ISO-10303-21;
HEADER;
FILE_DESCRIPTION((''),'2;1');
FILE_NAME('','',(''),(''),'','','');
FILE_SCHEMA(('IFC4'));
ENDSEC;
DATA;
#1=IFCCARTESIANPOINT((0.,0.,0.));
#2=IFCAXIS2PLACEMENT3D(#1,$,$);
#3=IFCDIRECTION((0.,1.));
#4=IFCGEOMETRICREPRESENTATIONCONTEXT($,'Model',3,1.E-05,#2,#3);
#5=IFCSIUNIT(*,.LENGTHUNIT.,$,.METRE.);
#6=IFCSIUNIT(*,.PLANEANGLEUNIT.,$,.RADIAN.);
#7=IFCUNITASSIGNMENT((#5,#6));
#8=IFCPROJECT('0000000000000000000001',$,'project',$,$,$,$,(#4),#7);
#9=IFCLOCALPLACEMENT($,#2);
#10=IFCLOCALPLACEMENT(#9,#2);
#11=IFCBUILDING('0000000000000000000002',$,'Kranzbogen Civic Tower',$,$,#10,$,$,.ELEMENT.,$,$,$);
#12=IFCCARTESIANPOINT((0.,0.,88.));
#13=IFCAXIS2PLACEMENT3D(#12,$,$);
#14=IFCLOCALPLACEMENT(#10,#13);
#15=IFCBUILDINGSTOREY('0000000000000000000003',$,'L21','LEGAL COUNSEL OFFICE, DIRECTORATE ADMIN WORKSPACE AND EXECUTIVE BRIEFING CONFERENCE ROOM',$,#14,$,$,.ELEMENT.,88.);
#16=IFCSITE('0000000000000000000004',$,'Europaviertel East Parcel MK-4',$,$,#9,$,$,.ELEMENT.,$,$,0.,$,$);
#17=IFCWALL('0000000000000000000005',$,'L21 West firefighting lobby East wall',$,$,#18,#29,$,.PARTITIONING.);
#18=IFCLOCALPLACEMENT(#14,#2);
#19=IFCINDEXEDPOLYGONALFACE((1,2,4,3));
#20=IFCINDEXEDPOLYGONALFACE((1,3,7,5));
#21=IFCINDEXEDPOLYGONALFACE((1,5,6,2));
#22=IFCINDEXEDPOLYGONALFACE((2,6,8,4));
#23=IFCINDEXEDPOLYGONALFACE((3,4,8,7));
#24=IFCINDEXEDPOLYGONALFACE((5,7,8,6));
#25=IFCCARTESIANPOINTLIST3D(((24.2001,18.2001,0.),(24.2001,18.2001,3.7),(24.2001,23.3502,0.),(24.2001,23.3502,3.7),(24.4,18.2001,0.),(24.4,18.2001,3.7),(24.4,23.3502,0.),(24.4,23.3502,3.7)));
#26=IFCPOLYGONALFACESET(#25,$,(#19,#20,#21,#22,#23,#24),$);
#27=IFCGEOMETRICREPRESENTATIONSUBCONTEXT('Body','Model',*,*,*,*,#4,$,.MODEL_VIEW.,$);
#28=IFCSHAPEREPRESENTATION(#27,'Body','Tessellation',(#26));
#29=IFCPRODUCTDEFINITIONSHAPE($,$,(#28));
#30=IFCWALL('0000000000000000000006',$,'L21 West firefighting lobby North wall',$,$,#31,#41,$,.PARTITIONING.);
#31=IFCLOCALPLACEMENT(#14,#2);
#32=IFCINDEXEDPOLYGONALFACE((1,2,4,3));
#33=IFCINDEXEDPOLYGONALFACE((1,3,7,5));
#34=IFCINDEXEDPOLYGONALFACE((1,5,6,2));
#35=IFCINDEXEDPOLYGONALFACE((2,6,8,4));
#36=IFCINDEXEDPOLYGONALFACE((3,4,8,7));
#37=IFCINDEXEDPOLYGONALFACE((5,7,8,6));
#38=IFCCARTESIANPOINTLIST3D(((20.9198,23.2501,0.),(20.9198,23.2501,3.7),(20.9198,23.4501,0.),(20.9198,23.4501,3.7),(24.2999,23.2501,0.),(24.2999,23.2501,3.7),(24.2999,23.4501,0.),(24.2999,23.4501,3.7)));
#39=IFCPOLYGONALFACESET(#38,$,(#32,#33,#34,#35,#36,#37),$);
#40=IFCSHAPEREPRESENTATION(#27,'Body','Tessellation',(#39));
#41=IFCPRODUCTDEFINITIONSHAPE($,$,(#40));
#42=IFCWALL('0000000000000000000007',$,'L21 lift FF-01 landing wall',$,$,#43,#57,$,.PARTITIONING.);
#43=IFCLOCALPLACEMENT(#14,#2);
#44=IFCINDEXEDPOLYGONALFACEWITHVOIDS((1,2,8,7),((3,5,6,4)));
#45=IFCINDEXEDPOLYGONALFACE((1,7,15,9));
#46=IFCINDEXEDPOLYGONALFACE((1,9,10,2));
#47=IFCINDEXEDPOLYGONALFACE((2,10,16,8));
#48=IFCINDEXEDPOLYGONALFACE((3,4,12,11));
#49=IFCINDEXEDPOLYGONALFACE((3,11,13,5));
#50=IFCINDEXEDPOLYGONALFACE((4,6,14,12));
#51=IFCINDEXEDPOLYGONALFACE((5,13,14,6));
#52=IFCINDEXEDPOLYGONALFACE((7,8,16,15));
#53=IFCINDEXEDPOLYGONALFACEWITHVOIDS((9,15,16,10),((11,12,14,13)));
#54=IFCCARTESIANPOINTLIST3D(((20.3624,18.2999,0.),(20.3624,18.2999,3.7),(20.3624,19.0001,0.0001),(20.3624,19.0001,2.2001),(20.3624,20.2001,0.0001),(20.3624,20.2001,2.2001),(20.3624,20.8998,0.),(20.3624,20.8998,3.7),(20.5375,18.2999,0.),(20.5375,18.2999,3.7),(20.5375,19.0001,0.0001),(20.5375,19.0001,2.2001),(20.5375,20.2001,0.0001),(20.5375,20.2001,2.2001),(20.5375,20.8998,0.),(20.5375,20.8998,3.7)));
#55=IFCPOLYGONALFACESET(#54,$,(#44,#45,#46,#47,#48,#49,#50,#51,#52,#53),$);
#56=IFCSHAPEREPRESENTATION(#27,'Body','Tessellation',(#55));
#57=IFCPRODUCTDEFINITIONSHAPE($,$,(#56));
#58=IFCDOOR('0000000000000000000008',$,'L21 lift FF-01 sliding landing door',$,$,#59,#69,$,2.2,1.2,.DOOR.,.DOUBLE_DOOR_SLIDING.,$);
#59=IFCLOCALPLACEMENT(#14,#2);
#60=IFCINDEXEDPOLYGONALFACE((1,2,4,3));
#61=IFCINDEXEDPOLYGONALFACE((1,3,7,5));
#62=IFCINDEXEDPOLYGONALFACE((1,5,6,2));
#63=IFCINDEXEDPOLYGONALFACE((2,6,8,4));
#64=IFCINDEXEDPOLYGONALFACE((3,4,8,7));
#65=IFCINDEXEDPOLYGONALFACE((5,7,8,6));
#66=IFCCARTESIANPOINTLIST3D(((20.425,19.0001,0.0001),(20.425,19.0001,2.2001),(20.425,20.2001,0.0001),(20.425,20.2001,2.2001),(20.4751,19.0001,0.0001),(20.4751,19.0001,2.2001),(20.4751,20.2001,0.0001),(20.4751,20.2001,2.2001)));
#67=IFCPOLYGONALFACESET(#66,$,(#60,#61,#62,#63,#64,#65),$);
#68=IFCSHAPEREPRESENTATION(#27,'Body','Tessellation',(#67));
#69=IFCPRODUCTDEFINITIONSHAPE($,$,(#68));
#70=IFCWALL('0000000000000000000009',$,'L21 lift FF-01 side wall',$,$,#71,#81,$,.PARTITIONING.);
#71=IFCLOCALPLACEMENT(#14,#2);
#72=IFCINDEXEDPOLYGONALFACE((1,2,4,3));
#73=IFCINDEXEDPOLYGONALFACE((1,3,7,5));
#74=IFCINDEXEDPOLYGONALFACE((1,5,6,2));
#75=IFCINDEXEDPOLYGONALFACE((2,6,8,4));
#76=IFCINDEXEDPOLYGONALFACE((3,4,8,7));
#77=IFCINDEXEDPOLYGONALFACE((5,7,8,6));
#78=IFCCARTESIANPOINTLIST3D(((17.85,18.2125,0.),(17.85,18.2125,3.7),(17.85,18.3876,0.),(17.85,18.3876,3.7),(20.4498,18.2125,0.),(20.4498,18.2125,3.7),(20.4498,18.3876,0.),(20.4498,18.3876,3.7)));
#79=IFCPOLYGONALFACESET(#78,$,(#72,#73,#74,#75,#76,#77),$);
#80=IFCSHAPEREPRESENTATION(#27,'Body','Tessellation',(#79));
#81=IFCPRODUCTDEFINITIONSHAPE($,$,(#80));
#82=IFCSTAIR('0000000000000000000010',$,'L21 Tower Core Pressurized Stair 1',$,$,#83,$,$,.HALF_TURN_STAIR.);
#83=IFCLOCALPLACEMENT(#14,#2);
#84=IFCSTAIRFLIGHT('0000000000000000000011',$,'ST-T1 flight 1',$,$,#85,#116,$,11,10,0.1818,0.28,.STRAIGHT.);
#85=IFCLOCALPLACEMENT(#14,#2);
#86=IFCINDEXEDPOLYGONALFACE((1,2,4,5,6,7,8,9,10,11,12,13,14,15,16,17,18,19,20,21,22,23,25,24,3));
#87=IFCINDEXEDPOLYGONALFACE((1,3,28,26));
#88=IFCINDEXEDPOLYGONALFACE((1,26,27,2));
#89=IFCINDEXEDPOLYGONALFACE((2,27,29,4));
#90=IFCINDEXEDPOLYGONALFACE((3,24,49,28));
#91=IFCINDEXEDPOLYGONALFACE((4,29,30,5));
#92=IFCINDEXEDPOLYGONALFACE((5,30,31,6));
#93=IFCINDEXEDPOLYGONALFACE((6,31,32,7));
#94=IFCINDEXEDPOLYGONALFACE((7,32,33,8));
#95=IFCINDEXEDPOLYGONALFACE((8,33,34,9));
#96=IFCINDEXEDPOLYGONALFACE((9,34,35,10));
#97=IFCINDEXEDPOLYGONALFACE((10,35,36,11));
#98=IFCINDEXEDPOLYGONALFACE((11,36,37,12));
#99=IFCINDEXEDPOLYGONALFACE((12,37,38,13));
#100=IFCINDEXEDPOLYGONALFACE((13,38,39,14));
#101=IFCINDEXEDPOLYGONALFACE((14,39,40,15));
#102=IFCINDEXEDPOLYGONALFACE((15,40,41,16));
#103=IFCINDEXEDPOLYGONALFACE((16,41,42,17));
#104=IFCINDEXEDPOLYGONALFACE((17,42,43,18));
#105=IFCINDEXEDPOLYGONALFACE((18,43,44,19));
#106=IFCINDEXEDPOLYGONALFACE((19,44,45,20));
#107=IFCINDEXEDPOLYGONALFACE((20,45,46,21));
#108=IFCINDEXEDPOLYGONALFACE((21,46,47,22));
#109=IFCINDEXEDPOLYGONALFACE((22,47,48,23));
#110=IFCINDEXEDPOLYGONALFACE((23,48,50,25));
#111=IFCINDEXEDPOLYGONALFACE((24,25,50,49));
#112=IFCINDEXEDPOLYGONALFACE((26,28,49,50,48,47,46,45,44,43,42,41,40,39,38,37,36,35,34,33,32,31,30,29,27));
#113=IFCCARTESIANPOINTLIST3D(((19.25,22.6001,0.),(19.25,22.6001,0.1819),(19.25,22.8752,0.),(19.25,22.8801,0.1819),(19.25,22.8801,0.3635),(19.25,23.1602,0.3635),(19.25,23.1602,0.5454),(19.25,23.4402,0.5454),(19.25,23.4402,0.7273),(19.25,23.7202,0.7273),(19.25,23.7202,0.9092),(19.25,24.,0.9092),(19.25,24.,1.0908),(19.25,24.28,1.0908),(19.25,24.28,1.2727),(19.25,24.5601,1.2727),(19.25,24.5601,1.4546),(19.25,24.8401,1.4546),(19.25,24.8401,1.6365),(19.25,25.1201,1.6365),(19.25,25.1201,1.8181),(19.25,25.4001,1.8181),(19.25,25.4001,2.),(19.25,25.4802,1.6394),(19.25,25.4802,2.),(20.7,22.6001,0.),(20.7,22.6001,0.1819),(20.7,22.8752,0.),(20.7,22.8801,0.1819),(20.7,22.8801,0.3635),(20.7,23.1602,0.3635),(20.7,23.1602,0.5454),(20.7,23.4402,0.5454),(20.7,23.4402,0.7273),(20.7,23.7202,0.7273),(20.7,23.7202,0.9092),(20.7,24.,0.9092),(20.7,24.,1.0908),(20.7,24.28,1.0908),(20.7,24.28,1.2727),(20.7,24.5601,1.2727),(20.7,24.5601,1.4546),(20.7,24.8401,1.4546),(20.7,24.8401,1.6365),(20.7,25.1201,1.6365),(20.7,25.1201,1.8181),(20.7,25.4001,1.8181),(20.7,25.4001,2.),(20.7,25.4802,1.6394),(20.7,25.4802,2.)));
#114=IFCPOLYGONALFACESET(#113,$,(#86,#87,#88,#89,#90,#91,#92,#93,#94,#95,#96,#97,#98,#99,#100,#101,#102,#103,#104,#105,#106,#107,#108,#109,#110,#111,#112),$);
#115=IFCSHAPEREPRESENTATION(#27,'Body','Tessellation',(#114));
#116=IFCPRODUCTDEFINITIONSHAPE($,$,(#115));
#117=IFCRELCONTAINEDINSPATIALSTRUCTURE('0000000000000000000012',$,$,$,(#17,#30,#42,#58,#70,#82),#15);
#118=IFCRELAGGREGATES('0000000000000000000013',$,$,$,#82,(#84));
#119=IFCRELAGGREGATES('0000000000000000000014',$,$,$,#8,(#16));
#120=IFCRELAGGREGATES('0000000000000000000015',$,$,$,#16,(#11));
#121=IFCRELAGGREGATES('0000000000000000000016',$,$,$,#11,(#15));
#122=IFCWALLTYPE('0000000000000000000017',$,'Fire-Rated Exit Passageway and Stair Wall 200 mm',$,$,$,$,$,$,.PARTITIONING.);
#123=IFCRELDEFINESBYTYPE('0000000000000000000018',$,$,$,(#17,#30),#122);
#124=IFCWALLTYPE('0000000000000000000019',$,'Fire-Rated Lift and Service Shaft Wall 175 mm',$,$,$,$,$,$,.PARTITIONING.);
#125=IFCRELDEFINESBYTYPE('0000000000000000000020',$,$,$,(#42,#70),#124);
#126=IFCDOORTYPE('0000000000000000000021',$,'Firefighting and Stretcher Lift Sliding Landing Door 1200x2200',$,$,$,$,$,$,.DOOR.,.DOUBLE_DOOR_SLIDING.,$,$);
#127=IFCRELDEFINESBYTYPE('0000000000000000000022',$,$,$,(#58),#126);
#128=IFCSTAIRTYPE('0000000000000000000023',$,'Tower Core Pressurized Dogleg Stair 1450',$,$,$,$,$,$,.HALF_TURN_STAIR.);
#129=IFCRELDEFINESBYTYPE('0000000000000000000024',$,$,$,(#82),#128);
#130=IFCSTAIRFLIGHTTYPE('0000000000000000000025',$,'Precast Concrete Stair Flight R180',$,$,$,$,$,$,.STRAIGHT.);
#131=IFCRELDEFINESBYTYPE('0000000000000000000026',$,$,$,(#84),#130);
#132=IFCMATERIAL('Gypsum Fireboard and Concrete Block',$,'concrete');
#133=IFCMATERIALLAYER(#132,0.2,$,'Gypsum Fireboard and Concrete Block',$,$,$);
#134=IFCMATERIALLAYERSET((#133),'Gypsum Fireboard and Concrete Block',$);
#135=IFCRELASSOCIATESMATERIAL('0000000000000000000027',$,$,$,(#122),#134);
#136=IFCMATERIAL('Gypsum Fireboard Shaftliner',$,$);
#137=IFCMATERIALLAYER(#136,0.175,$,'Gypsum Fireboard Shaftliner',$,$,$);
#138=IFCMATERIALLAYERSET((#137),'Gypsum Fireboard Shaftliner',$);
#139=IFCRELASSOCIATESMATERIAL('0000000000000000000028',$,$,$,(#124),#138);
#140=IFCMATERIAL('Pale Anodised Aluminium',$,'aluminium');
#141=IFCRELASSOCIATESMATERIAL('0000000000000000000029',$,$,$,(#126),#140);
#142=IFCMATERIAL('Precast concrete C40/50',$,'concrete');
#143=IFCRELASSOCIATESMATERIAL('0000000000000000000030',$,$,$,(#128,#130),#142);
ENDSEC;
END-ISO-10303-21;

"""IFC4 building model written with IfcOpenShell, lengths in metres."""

from ifc_helpers import new_model, si_unit, direction, frame, frame_2d, origin, place, context, subcontext, project, spatial, polyline, rectangle, outline, extrude, material, layer, layer_set, type_object, element, fill, aggregate, save


model = new_model("IFC4")

# Units and contexts
model_context = context("Model", 3, precision=1e-05, world=origin(), true_north=direction((0.0, 1.0)))
body_context = subcontext(model_context, "Body", "Model", "MODEL_VIEW")
ifc_project = project(units=[si_unit("LENGTHUNIT", "METRE"), si_unit("PLANEANGLEUNIT", "RADIAN")], contexts=[model_context])

# Site, building, storey
site_placement = place(None, origin())
site = spatial("IfcSite", under=ifc_project, at=site_placement, Name="Europaviertel East Parcel MK-4", CompositionType="ELEMENT", RefElevation=0.0)
building_placement = place(site_placement, origin())
building = spatial("IfcBuilding", under=site, at=building_placement, Name="Kranzbogen Civic Tower", CompositionType="ELEMENT")
storey_placement = place(building_placement, frame((0.0, 0.0, 88.0)))
storey = spatial("IfcBuildingStorey", under=building, at=storey_placement, Name="L21", Description="LEGAL COUNSEL OFFICE, DIRECTORATE ADMIN WORKSPACE AND EXECUTIVE BRIEFING CONFERENCE ROOM", CompositionType="ELEMENT", Elevation=88.0)

# Shared definitions
ifc_material_1 = material(Name="Pale Anodised Aluminium", Category="aluminium")

# Walls
ifc_material_2 = material(Name="Gypsum Fireboard and Concrete Block", Category="concrete")
ifc_layer_1 = layer(ifc_material_2, 0.2, Name="Gypsum Fireboard and Concrete Block")
ifc_layer_set_1 = layer_set([ifc_layer_1], Name="Gypsum Fireboard and Concrete Block")
wall_type_1 = type_object("IfcWallType", Name="Fire-Rated Exit Passageway and Stair Wall 200 mm", PredefinedType="PARTITIONING", material=ifc_layer_set_1)
wall_1_placement = place(storey_placement, frame((24.3, 18.2, 0.0), z_axis=(0.0, 0.0, 1.0), x_axis=(0.0, 1.0, 0.0)))
element("IfcWall", 1, at=wall_1_placement, inside=storey, type_object=wall_type_1, Name="L21 West firefighting lobby East wall", PredefinedType="PARTITIONING", context=body_context, shape_type="SweptSolid", body=[
    extrude(rectangle(XDim=5.1501, YDim=0.2, at=frame_2d((2.5752, 0.0))), origin(), (0.0, 0.0, 1.0), 3.7),
])
wall_2_placement = place(storey_placement, frame((20.9199, 23.3501, 0.0), z_axis=(0.0, 0.0, 1.0), x_axis=(1.0, 0.0, 0.0)))
element("IfcWall", 2, at=wall_2_placement, inside=storey, type_object=wall_type_1, Name="L21 West firefighting lobby North wall", PredefinedType="PARTITIONING", context=body_context, shape_type="SweptSolid", body=[
    extrude(rectangle(XDim=3.3801, YDim=0.2, at=frame_2d((1.6899, 0.0))), origin(), (0.0, 0.0, 1.0), 3.7),
])

# Wall, opening, door
ifc_material_3 = material(Name="Gypsum Fireboard Shaftliner")
ifc_layer_2 = layer(ifc_material_3, 0.175, Name="Gypsum Fireboard Shaftliner")
ifc_layer_set_2 = layer_set([ifc_layer_2], Name="Gypsum Fireboard Shaftliner")
wall_type_2 = type_object("IfcWallType", Name="Fire-Rated Lift and Service Shaft Wall 175 mm", PredefinedType="PARTITIONING", material=ifc_layer_set_2)
wall_3_placement = place(storey_placement, frame((20.45, 18.3, 0.0), z_axis=(0.0, 0.0, 1.0), x_axis=(0.0, 1.0, 0.0)))
wall_3 = element("IfcWall", 3, at=wall_3_placement, inside=storey, type_object=wall_type_2, Name="L21 lift FF-01 landing wall", PredefinedType="PARTITIONING", context=body_context, shape_type="SweptSolid", body=[
    extrude(rectangle(XDim=2.5999, YDim=0.175, at=frame_2d((1.2998, 0.0))), origin(), (0.0, 0.0, 1.0), 3.7),
])
opening_1_placement = place(wall_3_placement, frame((0.7, 0.0, 0.0)))
opening_1 = element("IfcOpeningElement", 4, at=opening_1_placement, cuts=wall_3, PredefinedType="OPENING", context=body_context, shape_type="SweptSolid", body=[
    extrude(rectangle(XDim=1.2, YDim=2.2, at=frame_2d((0.6001, 1.1001))), frame((0.0, 0.0977, 0.0), z_axis=(0.0, -1.0, 0.0), x_axis=(1.0, 0.0, 0.0)), (0.0, 0.0, 1.0), 0.1951),
])
door_type_1 = type_object("IfcDoorType", Name="Firefighting and Stretcher Lift Sliding Landing Door 1200x2200", OperationType="DOUBLE_DOOR_SLIDING", PredefinedType="DOOR", material=ifc_material_1)
door_1_placement = place(opening_1_placement, origin())
door_1 = element("IfcDoor", 5, at=door_1_placement, inside=storey, type_object=door_type_1, Name="L21 lift FF-01 sliding landing door", OperationType="DOUBLE_DOOR_SLIDING", OverallHeight=2.2, OverallWidth=1.2, PredefinedType="DOOR", context=body_context, shape_type="SweptSolid", body=[
    extrude(rectangle(XDim=1.2, YDim=2.2, at=frame_2d((0.6001, 1.1001))), frame((0.0, 0.0249, 0.0), z_axis=(0.0, -1.0, 0.0), x_axis=(1.0, 0.0, 0.0)), (0.0, 0.0, 1.0), 0.05),
])
fill(opening_1, door_1)

# Wall
wall_4_placement = place(storey_placement, frame((17.8501, 18.3, 0.0), z_axis=(0.0, 0.0, 1.0), x_axis=(1.0, 0.0, 0.0)))
element("IfcWall", 6, at=wall_4_placement, inside=storey, type_object=wall_type_2, Name="L21 lift FF-01 side wall", PredefinedType="PARTITIONING", context=body_context, shape_type="SweptSolid", body=[
    extrude(rectangle(XDim=2.5999, YDim=0.175, at=frame_2d((1.2998, 0.0))), origin(), (0.0, 0.0, 1.0), 3.7),
])

# Stair, stair flight
ifc_material_4 = material(Name="Precast concrete C40/50", Category="concrete")
stair_type = type_object("IfcStairType", Name="Tower Core Pressurized Dogleg Stair 1450", PredefinedType="HALF_TURN_STAIR", material=ifc_material_4)
stair_placement = place(storey_placement, origin())
stair = element("IfcStair", 7, at=stair_placement, inside=storey, type_object=stair_type, Name="L21 Tower Core Pressurized Stair 1", PredefinedType="HALF_TURN_STAIR")
stair_flight_type = type_object("IfcStairFlightType", Name="Precast Concrete Stair Flight R180", PredefinedType="STRAIGHT", material=ifc_material_4)
stair_flight_placement = place(storey_placement, frame((19.9751, 22.6001, 0.0), z_axis=(0.0, 0.0, 1.0), x_axis=(0.0, 1.0, 0.0)))
stair_flight = element("IfcStairFlight", 8, at=stair_flight_placement, type_object=stair_flight_type, Name="ST-T1 flight 1", NumberOfRisers=11, NumberOfTreads=10, PredefinedType="STRAIGHT", RiserHeight=0.1818, TreadLength=0.28, context=body_context, shape_type="SweptSolid", body=[
    extrude(outline(polyline([(0.0, 0.0), (0.0, 0.1819), (0.28, 0.1819), (0.28, 0.3635), (0.5601, 0.3635), (0.5601, 0.5454), (0.8401, 0.5454), (0.8401, 0.7273), (1.1201, 0.7273), (1.1201, 0.9092), (1.3999, 0.9092), (1.3999, 1.0908), (1.6799, 1.0908), (1.6799, 1.2727), (1.96, 1.2727), (1.96, 1.4546), (2.24, 1.4546), (2.24, 1.6365), (2.52, 1.6365), (2.52, 1.8181), (2.8, 1.8181), (2.8, 2.0), (2.8801, 2.0), (2.8801, 1.6394), (0.2751, 0.0), (0.0, 0.0)])), frame((0.0, 0.7251, 0.0), z_axis=(0.0, -1.0, 0.0), x_axis=(1.0, 0.0, 0.0)), (0.0, 0.0, 1.0), 1.45),
])
aggregate(stair, [stair_flight])

save(model, "model.ifc")
